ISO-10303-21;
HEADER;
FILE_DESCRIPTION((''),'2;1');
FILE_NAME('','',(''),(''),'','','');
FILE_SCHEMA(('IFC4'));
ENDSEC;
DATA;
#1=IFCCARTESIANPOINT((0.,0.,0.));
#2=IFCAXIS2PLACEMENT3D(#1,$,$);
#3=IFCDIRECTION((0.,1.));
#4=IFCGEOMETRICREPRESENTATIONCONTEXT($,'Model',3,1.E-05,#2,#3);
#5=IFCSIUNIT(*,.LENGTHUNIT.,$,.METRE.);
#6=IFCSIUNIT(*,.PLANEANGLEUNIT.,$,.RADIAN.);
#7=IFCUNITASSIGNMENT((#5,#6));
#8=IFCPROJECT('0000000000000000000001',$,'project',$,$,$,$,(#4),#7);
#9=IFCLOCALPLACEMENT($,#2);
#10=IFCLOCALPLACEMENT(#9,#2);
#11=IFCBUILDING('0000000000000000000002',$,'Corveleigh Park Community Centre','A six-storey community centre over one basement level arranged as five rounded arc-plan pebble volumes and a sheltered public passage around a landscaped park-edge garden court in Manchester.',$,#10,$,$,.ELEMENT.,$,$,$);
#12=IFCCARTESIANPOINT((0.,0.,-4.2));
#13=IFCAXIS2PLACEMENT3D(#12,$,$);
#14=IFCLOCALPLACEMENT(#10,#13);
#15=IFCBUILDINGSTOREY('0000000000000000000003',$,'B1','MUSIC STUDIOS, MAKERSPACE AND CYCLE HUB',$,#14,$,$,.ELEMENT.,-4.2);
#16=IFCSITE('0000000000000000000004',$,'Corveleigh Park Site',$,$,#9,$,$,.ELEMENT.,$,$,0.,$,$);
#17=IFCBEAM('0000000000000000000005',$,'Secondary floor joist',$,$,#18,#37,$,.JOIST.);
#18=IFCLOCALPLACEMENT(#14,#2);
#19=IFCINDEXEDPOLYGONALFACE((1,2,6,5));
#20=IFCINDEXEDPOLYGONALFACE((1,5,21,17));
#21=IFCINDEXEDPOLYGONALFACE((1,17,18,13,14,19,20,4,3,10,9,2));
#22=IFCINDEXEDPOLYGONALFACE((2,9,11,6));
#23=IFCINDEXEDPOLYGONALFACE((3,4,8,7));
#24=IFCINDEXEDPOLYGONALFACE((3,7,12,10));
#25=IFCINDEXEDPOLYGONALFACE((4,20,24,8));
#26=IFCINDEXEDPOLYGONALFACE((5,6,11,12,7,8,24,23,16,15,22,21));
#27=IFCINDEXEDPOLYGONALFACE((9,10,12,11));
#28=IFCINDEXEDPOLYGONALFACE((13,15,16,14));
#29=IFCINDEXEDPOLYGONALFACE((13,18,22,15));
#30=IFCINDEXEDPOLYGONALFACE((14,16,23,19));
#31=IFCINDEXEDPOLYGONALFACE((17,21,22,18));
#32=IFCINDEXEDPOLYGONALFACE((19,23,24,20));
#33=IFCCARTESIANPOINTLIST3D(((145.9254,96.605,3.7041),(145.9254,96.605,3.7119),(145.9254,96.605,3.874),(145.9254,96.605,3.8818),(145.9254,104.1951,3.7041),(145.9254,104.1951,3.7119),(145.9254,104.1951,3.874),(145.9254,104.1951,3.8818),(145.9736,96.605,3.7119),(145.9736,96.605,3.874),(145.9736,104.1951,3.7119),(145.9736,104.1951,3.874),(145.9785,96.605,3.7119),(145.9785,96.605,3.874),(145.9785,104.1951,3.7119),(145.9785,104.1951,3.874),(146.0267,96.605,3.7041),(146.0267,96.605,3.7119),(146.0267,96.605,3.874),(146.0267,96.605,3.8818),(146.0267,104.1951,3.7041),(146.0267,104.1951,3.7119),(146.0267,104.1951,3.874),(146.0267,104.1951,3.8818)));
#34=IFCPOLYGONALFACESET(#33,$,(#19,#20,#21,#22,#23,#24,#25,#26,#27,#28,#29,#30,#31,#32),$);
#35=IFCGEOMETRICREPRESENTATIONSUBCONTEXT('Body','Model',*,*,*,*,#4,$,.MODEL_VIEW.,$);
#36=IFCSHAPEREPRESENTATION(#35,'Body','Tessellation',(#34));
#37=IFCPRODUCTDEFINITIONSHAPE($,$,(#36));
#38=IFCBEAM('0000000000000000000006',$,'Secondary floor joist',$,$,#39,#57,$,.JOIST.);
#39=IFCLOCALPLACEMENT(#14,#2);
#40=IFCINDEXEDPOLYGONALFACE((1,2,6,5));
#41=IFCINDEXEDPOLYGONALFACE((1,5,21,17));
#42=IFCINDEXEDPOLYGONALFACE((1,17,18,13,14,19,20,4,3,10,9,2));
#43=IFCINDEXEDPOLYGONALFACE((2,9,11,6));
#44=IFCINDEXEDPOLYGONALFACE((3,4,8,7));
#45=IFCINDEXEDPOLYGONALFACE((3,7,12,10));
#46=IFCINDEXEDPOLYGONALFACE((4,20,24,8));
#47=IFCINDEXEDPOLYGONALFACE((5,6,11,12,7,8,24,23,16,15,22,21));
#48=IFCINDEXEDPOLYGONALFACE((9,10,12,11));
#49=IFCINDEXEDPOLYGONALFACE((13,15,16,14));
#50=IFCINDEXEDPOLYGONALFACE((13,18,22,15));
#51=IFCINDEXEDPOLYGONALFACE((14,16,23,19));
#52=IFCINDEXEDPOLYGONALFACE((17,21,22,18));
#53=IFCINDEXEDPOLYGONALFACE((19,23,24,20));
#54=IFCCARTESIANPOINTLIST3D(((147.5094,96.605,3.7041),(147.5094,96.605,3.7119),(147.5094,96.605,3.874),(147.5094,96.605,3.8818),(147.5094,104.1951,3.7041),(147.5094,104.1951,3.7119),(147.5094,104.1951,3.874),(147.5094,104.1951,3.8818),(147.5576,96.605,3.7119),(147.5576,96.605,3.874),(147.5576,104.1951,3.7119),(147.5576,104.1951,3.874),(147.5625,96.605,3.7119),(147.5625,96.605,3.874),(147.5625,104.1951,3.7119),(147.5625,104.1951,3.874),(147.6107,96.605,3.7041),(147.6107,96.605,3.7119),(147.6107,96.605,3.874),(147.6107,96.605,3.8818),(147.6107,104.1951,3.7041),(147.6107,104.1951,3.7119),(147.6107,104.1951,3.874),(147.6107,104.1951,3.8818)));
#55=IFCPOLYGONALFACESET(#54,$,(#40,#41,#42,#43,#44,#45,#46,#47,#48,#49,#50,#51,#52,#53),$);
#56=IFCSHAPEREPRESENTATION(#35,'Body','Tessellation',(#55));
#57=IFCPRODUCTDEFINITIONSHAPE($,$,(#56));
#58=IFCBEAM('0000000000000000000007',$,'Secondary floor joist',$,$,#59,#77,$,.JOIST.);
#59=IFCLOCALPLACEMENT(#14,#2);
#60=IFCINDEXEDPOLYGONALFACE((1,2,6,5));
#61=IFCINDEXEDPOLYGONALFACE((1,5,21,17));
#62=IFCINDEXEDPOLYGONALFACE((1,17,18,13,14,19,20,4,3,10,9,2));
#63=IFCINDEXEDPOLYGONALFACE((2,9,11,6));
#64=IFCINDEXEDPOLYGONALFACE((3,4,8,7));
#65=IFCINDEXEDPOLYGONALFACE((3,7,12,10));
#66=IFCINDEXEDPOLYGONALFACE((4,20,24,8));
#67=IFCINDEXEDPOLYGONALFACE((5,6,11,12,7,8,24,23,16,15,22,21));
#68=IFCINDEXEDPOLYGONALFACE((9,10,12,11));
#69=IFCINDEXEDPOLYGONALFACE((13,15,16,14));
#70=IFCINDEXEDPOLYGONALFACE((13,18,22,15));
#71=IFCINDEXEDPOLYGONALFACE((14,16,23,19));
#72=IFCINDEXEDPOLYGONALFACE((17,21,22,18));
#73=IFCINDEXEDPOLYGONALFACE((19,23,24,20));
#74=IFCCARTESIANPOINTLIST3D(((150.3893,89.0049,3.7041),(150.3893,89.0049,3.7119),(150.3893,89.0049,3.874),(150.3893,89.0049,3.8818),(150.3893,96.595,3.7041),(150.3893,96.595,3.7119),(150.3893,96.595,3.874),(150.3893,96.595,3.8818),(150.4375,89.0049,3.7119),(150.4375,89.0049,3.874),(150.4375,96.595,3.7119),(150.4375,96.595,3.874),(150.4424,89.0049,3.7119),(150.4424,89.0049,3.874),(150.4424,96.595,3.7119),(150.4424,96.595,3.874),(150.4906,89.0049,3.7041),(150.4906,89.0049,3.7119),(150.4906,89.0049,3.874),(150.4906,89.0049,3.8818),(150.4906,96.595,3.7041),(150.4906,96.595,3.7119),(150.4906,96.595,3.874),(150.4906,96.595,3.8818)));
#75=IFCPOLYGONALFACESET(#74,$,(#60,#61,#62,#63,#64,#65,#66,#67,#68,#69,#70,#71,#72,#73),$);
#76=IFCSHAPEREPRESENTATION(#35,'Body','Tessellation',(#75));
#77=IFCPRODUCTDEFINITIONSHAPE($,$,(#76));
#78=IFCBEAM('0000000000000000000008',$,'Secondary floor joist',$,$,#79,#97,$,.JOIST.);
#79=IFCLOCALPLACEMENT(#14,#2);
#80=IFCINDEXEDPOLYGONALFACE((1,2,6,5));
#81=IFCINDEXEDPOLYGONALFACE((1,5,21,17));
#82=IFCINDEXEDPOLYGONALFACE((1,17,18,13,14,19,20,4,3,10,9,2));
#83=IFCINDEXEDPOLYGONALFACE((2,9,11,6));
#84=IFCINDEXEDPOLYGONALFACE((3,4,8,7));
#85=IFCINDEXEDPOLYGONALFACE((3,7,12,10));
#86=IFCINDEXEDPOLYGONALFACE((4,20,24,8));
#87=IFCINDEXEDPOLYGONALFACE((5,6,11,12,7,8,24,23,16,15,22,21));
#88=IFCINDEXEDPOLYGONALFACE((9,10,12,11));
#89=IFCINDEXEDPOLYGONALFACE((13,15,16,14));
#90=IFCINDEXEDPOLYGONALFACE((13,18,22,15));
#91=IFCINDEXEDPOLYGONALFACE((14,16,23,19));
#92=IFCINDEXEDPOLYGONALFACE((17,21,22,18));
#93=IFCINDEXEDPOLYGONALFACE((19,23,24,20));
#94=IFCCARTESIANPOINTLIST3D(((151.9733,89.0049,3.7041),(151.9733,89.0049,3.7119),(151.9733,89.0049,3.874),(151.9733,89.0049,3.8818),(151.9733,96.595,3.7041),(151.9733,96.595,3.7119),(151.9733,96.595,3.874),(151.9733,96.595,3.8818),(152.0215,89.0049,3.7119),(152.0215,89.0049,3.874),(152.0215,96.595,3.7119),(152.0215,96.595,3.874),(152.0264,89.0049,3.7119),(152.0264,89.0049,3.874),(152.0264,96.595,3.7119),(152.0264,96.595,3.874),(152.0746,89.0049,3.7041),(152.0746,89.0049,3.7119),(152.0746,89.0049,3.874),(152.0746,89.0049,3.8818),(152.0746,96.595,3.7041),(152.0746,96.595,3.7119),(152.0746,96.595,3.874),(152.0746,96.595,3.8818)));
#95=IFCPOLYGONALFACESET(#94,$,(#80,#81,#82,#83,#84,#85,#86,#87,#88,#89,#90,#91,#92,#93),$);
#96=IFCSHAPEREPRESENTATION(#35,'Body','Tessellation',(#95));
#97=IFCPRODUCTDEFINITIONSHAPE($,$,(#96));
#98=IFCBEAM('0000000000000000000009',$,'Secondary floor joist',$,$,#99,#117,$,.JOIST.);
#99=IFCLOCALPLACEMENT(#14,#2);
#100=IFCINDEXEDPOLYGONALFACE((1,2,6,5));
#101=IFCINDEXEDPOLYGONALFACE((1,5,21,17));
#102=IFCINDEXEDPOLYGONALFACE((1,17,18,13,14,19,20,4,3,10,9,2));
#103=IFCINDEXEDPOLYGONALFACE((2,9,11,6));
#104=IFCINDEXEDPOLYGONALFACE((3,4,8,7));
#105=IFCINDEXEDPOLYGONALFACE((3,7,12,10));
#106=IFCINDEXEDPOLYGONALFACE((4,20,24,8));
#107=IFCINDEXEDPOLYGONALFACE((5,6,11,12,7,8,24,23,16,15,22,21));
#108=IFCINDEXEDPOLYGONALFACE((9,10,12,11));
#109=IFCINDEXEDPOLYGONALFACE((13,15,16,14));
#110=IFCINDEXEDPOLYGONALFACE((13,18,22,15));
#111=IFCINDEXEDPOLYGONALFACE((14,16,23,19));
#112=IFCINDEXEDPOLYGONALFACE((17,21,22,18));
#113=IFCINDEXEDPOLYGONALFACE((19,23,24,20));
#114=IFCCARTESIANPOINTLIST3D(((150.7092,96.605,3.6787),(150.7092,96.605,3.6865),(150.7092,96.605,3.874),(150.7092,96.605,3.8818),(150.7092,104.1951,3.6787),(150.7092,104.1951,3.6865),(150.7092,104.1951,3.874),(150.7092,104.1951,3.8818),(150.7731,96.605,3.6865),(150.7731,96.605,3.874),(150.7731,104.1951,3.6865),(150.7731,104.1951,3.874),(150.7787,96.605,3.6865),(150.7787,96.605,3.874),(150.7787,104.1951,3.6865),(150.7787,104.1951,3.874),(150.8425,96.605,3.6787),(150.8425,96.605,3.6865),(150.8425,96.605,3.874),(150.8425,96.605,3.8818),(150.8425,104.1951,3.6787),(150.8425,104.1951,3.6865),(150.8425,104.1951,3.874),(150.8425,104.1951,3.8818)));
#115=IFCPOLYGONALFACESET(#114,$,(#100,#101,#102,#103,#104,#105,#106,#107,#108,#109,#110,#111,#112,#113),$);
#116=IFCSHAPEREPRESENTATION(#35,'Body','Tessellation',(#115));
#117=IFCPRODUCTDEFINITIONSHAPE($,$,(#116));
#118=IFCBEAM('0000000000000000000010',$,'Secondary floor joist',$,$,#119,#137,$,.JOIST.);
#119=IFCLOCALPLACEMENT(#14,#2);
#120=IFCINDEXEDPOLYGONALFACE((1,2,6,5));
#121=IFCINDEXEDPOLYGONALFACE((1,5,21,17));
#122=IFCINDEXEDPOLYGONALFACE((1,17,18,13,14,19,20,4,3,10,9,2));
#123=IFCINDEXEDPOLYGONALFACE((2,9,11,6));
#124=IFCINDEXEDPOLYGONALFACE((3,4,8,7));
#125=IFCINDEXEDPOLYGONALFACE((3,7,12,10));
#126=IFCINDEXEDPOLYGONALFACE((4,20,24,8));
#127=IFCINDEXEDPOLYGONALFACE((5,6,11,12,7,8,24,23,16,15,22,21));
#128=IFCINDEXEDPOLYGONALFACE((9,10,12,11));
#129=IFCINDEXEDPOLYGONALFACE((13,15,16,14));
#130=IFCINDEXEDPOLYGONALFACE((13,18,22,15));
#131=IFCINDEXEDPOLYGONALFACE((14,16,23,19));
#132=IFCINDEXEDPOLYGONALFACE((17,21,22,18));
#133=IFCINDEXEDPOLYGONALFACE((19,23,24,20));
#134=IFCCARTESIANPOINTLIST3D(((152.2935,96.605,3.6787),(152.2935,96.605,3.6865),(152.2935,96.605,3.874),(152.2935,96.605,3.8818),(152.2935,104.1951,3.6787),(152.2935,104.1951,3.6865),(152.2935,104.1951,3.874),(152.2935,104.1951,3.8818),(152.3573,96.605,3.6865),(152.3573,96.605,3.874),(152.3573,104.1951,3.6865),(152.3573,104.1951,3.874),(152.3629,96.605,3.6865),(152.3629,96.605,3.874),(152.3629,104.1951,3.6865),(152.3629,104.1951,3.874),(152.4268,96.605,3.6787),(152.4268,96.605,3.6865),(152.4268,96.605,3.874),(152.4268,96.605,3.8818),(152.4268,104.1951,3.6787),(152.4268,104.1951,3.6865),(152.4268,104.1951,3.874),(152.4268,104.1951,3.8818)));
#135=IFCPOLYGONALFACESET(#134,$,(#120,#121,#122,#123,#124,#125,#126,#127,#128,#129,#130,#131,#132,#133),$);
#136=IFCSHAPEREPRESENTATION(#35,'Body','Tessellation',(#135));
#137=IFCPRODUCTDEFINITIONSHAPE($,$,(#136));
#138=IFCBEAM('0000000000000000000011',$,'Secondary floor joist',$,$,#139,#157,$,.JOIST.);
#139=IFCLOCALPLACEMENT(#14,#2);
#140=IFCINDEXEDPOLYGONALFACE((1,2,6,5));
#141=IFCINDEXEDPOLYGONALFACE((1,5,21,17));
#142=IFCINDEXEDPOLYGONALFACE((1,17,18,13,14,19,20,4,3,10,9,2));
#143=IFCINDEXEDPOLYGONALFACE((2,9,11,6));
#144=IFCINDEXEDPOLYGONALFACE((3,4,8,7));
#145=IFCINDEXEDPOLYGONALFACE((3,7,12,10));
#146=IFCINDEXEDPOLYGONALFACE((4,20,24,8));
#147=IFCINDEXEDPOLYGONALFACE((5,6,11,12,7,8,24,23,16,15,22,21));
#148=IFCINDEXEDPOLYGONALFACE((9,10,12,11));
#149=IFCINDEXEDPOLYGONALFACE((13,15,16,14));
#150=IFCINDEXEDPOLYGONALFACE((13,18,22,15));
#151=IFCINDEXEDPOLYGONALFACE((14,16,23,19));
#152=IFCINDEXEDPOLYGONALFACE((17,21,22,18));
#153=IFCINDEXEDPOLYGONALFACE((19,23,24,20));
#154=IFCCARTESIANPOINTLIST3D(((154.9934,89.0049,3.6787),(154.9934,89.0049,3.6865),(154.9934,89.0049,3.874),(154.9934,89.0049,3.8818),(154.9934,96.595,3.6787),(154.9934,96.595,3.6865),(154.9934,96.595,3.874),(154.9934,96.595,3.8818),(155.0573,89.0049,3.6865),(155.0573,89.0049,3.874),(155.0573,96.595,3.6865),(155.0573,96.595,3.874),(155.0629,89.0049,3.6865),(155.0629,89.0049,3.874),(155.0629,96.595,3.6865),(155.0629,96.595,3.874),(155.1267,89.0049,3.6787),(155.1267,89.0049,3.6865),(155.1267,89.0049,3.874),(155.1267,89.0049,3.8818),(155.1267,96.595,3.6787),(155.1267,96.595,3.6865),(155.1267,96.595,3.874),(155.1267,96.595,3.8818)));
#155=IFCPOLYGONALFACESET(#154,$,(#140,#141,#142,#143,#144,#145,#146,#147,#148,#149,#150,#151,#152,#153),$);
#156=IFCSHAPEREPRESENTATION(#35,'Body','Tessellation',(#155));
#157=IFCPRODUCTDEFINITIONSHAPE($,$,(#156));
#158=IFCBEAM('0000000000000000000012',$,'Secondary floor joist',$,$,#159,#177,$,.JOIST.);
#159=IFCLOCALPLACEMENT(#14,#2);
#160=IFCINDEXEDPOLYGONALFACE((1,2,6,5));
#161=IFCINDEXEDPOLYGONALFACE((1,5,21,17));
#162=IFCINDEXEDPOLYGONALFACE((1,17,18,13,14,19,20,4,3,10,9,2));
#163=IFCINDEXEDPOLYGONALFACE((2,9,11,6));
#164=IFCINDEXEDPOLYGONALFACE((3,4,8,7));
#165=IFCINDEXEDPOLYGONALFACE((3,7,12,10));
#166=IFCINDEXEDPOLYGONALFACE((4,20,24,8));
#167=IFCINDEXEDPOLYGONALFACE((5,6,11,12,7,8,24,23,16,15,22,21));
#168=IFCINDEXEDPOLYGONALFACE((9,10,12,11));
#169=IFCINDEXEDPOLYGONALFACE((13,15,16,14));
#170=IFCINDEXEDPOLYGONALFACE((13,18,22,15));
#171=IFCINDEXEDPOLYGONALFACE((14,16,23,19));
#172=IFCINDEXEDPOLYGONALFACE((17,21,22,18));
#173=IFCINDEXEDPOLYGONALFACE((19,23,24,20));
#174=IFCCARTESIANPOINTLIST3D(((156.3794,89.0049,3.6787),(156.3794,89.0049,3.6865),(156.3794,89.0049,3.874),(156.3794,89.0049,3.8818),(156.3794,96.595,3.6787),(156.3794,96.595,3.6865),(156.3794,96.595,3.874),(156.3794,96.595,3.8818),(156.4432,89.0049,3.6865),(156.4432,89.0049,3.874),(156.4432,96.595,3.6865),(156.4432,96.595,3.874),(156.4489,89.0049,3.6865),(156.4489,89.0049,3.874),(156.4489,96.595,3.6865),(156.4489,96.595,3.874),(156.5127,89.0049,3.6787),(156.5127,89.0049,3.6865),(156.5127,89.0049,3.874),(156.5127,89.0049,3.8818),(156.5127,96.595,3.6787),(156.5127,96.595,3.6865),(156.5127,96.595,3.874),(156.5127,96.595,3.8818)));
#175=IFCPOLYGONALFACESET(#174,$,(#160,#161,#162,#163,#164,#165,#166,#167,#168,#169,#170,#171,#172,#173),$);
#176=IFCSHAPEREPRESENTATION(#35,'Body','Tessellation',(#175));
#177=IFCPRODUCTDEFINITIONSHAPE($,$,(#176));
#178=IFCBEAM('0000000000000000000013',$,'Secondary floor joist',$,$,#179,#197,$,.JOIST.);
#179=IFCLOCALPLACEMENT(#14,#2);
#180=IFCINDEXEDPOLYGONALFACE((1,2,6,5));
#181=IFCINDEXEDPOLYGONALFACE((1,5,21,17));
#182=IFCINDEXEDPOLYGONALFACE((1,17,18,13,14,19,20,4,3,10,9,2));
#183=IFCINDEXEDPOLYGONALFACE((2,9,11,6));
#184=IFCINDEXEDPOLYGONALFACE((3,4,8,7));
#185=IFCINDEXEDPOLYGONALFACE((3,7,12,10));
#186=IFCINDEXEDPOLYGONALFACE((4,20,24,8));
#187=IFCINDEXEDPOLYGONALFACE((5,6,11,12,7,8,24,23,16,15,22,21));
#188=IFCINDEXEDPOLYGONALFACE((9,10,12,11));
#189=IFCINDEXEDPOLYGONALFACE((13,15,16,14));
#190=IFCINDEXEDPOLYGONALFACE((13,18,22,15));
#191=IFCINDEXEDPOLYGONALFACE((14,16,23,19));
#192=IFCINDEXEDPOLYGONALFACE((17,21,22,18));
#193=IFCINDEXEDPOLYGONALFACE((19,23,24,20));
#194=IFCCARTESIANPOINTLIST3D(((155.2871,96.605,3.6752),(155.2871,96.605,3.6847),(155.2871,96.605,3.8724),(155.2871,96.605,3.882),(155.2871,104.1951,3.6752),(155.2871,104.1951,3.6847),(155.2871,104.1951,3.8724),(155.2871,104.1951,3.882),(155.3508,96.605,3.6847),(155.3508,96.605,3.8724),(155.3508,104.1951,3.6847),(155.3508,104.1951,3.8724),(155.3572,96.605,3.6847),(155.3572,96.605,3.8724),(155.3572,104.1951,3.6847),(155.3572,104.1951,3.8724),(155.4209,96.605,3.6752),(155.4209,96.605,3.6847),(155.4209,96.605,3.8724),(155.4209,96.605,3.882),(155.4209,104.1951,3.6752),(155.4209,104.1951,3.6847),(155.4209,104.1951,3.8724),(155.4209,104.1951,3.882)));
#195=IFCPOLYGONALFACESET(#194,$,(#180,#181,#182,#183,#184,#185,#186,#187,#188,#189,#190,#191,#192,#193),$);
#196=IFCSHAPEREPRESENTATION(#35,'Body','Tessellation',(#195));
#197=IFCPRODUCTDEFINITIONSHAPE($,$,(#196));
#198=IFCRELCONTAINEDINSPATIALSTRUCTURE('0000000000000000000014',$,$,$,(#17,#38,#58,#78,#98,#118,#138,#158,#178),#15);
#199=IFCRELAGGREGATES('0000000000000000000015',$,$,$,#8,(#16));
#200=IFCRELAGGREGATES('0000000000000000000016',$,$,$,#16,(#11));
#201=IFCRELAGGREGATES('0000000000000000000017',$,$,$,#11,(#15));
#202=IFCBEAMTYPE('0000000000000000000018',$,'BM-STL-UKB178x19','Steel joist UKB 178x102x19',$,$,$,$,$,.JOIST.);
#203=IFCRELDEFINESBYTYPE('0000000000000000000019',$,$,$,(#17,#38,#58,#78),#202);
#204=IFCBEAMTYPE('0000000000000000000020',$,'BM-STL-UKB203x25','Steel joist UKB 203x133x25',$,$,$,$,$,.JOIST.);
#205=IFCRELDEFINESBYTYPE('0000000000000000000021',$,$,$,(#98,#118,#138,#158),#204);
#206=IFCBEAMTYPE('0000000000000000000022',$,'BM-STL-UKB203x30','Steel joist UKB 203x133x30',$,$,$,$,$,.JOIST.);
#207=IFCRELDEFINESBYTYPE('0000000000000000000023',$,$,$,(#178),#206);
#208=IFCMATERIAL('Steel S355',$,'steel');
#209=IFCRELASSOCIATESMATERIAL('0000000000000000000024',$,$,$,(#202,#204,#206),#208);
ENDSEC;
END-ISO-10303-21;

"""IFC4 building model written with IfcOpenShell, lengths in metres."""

from ifc_helpers import new_model, si_unit, direction, frame, origin, origin_2d, place, context, subcontext, project, spatial, i_section, extrude, material, material_profile, profile_set, type_object, element, save


model = new_model("IFC4")

# Units and contexts
model_context = context("Model", 3, precision=1e-05, world=origin(), true_north=direction((0.0, 1.0)))
body_context = subcontext(model_context, "Body", "Model", "MODEL_VIEW")
ifc_project = project(units=[si_unit("LENGTHUNIT", "METRE"), si_unit("PLANEANGLEUNIT", "RADIAN")], contexts=[model_context])

# Site, building, storey
site_placement = place(None, origin())
site = spatial("IfcSite", under=ifc_project, at=site_placement, Name="Corveleigh Park Site", CompositionType="ELEMENT", RefElevation=0.0)
building_placement = place(site_placement, origin())
building = spatial("IfcBuilding", under=site, at=building_placement, Name="Corveleigh Park Community Centre", Description="A six-storey community centre over one basement level arranged as five rounded arc-plan pebble volumes and a sheltered public passage around a landscaped park-edge garden court in Manchester.", CompositionType="ELEMENT")
storey_placement = place(building_placement, frame((0.0, 0.0, -4.2)))
storey = spatial("IfcBuildingStorey", under=building, at=storey_placement, Name="B1", Description="MUSIC STUDIOS, MAKERSPACE AND CYCLE HUB", CompositionType="ELEMENT", Elevation=-4.2)

# Shared definitions
ifc_material_1 = material(Name="Steel S355", Category="steel")

# Beams
ifc_material_profile_1 = material_profile(ifc_material_1, i_section(OverallWidth=0.1013, OverallDepth=0.1777, WebThickness=0.0049, FlangeThickness=0.0078, at=origin_2d()), Name="UKB 178x102x19", Category="steel")
ifc_profile_set_1 = profile_set([ifc_material_profile_1], Name="Steel S355")
beam_type_1 = type_object("IfcBeamType", Name="BM-STL-UKB178x19", Description="Steel joist UKB 178x102x19", PredefinedType="JOIST", material=ifc_profile_set_1)
for number, where, z_axis, x_axis, name in (
    (1, (145.9761, 96.605, 3.793), (0.0, 1.0, 0.0), (-1.0, 0.0, 0.0), "Secondary floor joist"),
    (2, (147.5601, 96.605, 3.793), (0.0, 1.0, 0.0), (-1.0, 0.0, 0.0), "Secondary floor joist"),
    (3, (150.4399, 89.0049, 3.793), (0.0, 1.0, 0.0), (-1.0, 0.0, 0.0), "Secondary floor joist"),
    (4, (152.0239, 89.0049, 3.793), (0.0, 1.0, 0.0), (-1.0, 0.0, 0.0), "Secondary floor joist"),
):
    element("IfcBeam", number, at=place(storey_placement, frame(where, z_axis=z_axis, x_axis=x_axis)), inside=storey, type_object=beam_type_1, Name=name, PredefinedType="JOIST", context=body_context, shape_type="SweptSolid", body=[
        extrude(i_section(OverallWidth=0.1013, OverallDepth=0.1777, WebThickness=0.0049, FlangeThickness=0.0078, at=origin_2d()), origin(), (0.0, 0.0, 1.0), 7.5901),
    ])
ifc_material_profile_2 = material_profile(ifc_material_1, i_section(OverallWidth=0.1333, OverallDepth=0.2031, WebThickness=0.0056, FlangeThickness=0.0078, at=origin_2d()), Name="UKB 203x133x25", Category="steel")
ifc_profile_set_2 = profile_set([ifc_material_profile_2], Name="Steel S355")
beam_type_2 = type_object("IfcBeamType", Name="BM-STL-UKB203x25", Description="Steel joist UKB 203x133x25", PredefinedType="JOIST", material=ifc_profile_set_2)
for number, where, z_axis, x_axis, name in (
    (5, (150.7759, 96.605, 3.7803), (0.0, 1.0, 0.0), (-1.0, 0.0, 0.0), "Secondary floor joist"),
    (6, (152.3601, 96.605, 3.7803), (0.0, 1.0, 0.0), (-1.0, 0.0, 0.0), "Secondary floor joist"),
    (7, (155.0601, 89.0049, 3.7803), (0.0, 1.0, 0.0), (-1.0, 0.0, 0.0), "Secondary floor joist"),
    (8, (156.446, 89.0049, 3.7803), (0.0, 1.0, 0.0), (-1.0, 0.0, 0.0), "Secondary floor joist"),
):
    element("IfcBeam", number, at=place(storey_placement, frame(where, z_axis=z_axis, x_axis=x_axis)), inside=storey, type_object=beam_type_2, Name=name, PredefinedType="JOIST", context=body_context, shape_type="SweptSolid", body=[
        extrude(i_section(OverallWidth=0.1333, OverallDepth=0.2031, WebThickness=0.0056, FlangeThickness=0.0078, at=origin_2d()), origin(), (0.0, 0.0, 1.0), 7.5901),
    ])
ifc_material_profile_3 = material_profile(ifc_material_1, i_section(OverallWidth=0.1338, OverallDepth=0.2068, WebThickness=0.0063, FlangeThickness=0.0095, at=origin_2d()), Name="UKB 203x133x30", Category="steel")
ifc_profile_set_3 = profile_set([ifc_material_profile_3], Name="Steel S355")
beam_type_3 = type_object("IfcBeamType", Name="BM-STL-UKB203x30", Description="Steel joist UKB 203x133x30", PredefinedType="JOIST", material=ifc_profile_set_3)
for number, where, z_axis, x_axis, name in (
    (9, (155.354, 96.605, 3.7786), (0.0, 1.0, 0.0), (-1.0, 0.0, 0.0), "Secondary floor joist"),
):
    element("IfcBeam", number, at=place(storey_placement, frame(where, z_axis=z_axis, x_axis=x_axis)), inside=storey, type_object=beam_type_3, Name=name, PredefinedType="JOIST", context=body_context, shape_type="SweptSolid", body=[
        extrude(i_section(OverallWidth=0.1338, OverallDepth=0.2068, WebThickness=0.0063, FlangeThickness=0.0095, at=origin_2d()), origin(), (0.0, 0.0, 1.0), 7.5901),
    ])

save(model, "model.ifc")
